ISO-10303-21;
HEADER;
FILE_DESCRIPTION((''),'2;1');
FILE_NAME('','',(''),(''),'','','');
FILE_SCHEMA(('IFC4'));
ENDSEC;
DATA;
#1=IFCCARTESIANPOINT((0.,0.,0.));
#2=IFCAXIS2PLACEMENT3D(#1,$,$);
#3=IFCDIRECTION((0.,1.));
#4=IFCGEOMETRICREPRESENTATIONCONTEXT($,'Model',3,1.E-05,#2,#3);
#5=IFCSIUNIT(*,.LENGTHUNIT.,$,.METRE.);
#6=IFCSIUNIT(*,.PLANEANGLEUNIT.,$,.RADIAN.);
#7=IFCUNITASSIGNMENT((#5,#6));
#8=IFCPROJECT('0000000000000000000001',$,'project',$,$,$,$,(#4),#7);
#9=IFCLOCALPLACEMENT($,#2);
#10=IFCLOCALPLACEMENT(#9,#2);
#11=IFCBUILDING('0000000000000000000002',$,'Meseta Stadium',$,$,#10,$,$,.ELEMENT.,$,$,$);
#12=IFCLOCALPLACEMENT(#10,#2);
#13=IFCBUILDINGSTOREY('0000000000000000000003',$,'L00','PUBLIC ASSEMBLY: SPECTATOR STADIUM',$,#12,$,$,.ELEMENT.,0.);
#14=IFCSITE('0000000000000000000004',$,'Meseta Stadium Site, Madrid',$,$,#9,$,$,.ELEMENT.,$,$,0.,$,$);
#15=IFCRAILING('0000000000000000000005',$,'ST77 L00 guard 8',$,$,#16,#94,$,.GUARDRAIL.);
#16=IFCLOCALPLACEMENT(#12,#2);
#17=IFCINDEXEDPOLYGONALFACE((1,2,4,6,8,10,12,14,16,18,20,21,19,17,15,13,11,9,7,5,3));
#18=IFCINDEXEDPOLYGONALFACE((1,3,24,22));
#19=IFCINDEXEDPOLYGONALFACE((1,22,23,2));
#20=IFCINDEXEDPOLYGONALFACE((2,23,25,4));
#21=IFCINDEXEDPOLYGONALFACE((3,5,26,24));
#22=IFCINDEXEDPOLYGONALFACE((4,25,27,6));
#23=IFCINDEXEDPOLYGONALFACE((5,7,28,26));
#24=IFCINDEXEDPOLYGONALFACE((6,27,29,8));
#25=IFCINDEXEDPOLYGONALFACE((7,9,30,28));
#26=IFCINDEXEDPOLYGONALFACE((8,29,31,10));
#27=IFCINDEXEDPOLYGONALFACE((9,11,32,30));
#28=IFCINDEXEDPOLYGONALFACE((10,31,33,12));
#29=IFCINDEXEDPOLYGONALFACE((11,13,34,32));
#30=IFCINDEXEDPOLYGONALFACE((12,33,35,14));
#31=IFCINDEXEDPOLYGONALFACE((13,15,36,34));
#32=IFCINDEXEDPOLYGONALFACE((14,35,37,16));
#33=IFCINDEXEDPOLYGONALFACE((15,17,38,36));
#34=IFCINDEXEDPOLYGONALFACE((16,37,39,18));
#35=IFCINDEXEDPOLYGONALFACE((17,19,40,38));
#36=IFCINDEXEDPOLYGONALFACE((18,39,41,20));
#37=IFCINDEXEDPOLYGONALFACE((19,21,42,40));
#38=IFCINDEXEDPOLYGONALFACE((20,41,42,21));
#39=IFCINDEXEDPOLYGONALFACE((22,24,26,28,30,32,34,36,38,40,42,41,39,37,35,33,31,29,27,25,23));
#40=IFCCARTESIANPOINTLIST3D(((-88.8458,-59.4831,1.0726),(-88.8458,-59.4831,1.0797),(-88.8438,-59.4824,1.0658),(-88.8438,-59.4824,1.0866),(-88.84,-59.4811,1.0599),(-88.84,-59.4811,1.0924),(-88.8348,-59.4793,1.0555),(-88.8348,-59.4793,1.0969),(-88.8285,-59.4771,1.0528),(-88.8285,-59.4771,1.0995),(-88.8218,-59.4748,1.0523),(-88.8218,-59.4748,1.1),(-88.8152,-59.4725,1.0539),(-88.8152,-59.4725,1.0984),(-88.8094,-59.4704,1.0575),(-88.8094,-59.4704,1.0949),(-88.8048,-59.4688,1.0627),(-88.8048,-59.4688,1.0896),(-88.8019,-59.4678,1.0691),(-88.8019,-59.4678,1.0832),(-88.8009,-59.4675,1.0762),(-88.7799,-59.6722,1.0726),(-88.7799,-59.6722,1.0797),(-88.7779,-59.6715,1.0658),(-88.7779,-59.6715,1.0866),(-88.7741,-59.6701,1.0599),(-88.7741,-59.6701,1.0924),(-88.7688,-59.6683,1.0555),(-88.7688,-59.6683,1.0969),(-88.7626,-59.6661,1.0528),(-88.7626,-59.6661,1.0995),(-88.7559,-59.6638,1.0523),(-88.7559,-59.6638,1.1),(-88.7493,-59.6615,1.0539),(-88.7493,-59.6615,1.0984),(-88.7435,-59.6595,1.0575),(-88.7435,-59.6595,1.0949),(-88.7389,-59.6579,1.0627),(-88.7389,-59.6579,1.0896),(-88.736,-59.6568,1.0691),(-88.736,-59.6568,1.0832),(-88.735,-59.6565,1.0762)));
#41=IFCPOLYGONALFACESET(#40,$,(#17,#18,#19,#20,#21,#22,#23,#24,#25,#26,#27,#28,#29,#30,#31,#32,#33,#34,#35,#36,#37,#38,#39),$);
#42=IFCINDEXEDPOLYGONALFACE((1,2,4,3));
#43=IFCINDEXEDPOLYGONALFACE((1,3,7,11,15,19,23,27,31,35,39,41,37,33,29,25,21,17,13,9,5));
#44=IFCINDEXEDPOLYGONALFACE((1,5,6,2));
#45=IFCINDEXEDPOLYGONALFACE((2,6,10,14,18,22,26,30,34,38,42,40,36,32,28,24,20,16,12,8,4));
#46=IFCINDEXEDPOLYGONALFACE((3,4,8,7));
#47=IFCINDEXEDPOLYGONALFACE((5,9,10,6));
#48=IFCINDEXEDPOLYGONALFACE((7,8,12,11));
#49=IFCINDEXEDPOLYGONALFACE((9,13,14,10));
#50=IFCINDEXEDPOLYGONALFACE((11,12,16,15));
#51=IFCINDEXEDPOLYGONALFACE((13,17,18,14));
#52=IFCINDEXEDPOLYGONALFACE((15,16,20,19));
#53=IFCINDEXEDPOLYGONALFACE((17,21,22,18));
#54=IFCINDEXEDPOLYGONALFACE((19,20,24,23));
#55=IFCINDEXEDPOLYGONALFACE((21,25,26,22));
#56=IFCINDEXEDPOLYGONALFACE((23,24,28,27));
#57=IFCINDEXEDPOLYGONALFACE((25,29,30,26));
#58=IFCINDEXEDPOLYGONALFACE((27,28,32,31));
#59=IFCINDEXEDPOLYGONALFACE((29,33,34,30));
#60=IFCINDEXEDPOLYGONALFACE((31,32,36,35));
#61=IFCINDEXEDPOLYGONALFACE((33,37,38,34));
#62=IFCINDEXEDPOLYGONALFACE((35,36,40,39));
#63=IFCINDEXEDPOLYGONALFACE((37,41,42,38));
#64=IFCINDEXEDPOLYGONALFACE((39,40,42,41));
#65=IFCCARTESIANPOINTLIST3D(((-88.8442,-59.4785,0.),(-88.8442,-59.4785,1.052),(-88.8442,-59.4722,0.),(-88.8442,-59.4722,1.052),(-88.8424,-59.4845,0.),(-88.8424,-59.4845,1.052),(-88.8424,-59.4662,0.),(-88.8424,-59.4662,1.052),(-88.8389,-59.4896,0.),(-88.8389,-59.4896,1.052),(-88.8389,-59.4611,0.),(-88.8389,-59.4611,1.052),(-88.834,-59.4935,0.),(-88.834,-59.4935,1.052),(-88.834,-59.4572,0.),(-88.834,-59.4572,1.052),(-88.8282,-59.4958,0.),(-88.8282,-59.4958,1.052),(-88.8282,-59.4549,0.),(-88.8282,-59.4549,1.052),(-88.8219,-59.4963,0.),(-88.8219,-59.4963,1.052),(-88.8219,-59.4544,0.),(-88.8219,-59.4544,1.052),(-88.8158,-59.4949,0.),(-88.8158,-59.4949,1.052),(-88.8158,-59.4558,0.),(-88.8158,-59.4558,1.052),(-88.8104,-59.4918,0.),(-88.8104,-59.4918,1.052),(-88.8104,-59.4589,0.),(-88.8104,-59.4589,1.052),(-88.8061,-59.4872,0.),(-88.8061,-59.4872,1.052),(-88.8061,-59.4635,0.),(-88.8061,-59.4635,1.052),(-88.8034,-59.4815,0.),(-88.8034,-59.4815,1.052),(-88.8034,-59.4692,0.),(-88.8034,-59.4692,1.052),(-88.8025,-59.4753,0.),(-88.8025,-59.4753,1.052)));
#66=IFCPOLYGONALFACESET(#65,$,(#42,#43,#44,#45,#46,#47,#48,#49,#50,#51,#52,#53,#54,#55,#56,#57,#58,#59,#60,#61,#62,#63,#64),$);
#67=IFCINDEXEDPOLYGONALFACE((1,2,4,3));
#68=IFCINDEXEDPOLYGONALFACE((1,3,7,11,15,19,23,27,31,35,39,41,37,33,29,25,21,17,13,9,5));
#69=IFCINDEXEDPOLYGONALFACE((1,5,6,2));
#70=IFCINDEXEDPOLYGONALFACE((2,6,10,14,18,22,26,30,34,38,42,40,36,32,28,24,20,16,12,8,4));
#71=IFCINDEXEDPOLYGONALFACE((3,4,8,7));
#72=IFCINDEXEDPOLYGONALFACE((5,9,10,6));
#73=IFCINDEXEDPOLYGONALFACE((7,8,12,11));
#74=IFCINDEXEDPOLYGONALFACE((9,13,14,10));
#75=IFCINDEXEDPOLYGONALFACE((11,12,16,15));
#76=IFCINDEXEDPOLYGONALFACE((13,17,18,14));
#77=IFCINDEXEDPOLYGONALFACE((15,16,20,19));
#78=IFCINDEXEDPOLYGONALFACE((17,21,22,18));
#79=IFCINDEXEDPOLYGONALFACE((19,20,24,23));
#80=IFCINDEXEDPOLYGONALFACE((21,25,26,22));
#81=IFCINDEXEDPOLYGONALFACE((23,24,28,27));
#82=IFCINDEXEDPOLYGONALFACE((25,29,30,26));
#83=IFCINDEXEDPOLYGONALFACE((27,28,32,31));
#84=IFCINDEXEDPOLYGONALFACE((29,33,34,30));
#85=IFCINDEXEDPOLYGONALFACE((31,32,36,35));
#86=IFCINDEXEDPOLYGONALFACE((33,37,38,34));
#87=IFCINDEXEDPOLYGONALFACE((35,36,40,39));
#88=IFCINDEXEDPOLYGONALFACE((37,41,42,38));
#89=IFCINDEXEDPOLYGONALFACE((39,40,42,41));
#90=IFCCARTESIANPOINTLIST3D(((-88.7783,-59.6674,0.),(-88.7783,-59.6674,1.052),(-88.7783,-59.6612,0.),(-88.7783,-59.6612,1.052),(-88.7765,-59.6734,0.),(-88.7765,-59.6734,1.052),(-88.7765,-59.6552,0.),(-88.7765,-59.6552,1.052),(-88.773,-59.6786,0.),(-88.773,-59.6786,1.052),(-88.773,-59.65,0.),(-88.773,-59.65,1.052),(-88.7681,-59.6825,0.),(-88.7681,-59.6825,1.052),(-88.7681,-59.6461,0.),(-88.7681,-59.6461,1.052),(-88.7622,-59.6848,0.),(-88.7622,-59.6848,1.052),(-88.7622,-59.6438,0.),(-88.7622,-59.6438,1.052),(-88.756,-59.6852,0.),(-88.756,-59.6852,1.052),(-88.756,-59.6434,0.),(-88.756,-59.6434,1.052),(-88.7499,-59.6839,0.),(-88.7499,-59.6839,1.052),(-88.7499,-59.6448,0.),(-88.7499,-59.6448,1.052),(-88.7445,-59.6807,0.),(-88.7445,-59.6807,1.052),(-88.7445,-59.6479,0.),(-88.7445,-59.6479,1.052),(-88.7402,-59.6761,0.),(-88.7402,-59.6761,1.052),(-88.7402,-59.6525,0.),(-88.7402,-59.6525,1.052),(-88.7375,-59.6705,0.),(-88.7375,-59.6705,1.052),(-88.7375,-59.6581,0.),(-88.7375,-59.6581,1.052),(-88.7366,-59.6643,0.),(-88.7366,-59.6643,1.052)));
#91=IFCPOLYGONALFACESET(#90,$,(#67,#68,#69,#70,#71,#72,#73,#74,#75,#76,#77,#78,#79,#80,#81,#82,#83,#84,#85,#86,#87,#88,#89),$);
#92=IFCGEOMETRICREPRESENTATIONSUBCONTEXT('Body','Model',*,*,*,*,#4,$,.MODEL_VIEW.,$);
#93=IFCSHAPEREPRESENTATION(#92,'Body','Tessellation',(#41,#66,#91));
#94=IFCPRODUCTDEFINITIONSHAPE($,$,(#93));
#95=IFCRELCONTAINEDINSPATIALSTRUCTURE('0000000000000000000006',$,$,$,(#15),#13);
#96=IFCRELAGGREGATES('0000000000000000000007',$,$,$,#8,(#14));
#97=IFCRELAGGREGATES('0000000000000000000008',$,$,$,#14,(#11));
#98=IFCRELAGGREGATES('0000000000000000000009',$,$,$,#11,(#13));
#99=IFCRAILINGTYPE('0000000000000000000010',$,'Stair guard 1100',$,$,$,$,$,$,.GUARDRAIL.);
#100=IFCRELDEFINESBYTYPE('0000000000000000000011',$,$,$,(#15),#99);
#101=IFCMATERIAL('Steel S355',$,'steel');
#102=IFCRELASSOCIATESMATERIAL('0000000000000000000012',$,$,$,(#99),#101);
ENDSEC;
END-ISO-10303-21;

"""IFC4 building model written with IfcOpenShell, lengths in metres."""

from ifc_helpers import new_model, si_unit, direction, frame, origin, origin_2d, place, context, subcontext, project, spatial, circle, extrude, material, type_object, element, save


model = new_model("IFC4")

# Units and contexts
model_context = context("Model", 3, precision=1e-05, world=origin(), true_north=direction((0.0, 1.0)))
body_context = subcontext(model_context, "Body", "Model", "MODEL_VIEW")
ifc_project = project(units=[si_unit("LENGTHUNIT", "METRE"), si_unit("PLANEANGLEUNIT", "RADIAN")], contexts=[model_context])

# Site, building, storey
site_placement = place(None, origin())
site = spatial("IfcSite", under=ifc_project, at=site_placement, Name="Meseta Stadium Site, Madrid", CompositionType="ELEMENT", RefElevation=0.0)
building_placement = place(site_placement, origin())
building = spatial("IfcBuilding", under=site, at=building_placement, Name="Meseta Stadium", CompositionType="ELEMENT")
storey_placement = place(building_placement, origin())
storey = spatial("IfcBuildingStorey", under=building, at=storey_placement, Name="L00", Description="PUBLIC ASSEMBLY: SPECTATOR STADIUM", CompositionType="ELEMENT", Elevation=0.0)

# Railing
ifc_material_1 = material(Name="Steel S355", Category="steel")
railing_type_1 = type_object("IfcRailingType", Name="Stair guard 1100", PredefinedType="GUARDRAIL", material=ifc_material_1)
railing_1_placement = place(storey_placement, frame((-88.8235, -59.4753, 0.0)))
element("IfcRailing", 1, at=railing_1_placement, inside=storey, type_object=railing_type_1, Name="ST77 L00 guard 8", PredefinedType="GUARDRAIL", context=body_context, shape_type="SweptSolid", body=[
    extrude(circle(Radius=0.0239, at=origin_2d()), frame((0.0, 0.0, 1.0762), z_axis=(0.329372, -0.9442, 0.0), x_axis=(0.9442, 0.329372, 0.0)), (0.0, 0.0, 1.0), 0.2002),
    extrude(circle(Radius=0.021, at=origin_2d()), origin(), (0.0, 0.0, 1.0), 1.052),
    extrude(circle(Radius=0.021, at=origin_2d()), frame((0.0659, -0.189, 0.0)), (0.0, 0.0, 1.0), 1.052),
])

save(model, "model.ifc")
